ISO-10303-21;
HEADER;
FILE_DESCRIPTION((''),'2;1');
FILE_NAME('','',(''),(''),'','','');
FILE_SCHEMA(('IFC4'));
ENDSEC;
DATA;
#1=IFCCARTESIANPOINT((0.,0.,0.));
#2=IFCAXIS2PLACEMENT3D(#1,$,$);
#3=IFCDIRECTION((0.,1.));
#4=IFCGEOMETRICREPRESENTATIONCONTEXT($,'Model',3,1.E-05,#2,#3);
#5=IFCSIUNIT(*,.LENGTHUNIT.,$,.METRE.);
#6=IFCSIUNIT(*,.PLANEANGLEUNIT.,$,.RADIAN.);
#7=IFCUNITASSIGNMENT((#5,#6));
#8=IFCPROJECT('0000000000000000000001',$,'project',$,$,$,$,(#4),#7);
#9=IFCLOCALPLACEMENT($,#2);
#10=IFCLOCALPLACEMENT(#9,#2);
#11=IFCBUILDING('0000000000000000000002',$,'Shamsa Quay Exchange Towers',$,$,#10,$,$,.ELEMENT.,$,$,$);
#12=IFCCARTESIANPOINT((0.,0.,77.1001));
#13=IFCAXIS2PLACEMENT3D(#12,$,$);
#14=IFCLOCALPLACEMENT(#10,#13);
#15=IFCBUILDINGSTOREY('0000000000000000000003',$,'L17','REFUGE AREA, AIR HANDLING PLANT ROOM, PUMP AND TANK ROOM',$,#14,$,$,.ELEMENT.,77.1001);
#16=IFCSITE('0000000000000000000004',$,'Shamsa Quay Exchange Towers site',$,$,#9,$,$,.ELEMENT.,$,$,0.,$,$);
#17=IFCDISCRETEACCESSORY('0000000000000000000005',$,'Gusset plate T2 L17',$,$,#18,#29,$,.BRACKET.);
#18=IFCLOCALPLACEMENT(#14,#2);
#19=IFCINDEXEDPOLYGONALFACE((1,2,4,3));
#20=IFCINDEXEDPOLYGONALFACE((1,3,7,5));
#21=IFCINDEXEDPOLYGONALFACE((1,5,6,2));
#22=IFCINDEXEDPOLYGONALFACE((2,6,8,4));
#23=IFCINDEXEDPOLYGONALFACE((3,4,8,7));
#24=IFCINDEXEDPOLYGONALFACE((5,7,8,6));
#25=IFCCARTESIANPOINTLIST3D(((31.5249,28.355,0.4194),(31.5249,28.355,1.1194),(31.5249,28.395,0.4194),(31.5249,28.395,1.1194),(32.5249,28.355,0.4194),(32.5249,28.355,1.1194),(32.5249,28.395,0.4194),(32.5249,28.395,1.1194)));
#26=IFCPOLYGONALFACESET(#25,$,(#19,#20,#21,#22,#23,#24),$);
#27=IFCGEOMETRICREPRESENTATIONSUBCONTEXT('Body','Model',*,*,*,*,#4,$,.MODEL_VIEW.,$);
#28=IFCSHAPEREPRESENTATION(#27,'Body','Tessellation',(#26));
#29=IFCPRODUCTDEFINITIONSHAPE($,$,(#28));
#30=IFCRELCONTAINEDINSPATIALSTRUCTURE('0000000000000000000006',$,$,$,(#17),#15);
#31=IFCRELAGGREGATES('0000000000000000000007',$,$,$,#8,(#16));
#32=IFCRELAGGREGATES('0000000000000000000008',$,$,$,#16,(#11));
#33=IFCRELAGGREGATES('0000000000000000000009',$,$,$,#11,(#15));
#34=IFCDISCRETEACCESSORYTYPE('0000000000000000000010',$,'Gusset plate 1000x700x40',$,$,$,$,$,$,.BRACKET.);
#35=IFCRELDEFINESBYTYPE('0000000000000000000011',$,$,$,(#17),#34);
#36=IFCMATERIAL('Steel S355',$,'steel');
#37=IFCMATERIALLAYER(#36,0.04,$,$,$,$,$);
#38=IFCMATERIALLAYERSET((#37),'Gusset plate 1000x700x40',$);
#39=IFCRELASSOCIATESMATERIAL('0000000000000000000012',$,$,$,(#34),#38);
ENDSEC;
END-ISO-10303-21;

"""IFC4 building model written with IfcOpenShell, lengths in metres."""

from ifc_helpers import new_model, si_unit, direction, frame, origin, origin_2d, place, context, subcontext, project, spatial, rectangle, extrude, material, layer, layer_set, type_object, element, save


model = new_model("IFC4")

# Units and contexts
model_context = context("Model", 3, precision=1e-05, world=origin(), true_north=direction((0.0, 1.0)))
body_context = subcontext(model_context, "Body", "Model", "MODEL_VIEW")
ifc_project = project(units=[si_unit("LENGTHUNIT", "METRE"), si_unit("PLANEANGLEUNIT", "RADIAN")], contexts=[model_context])

# Site, building, storey
site_placement = place(None, origin())
site = spatial("IfcSite", under=ifc_project, at=site_placement, Name="Shamsa Quay Exchange Towers site", CompositionType="ELEMENT", RefElevation=0.0)
building_placement = place(site_placement, origin())
building = spatial("IfcBuilding", under=site, at=building_placement, Name="Shamsa Quay Exchange Towers", CompositionType="ELEMENT")
storey_placement = place(building_placement, frame((0.0, 0.0, 77.1001)))
storey = spatial("IfcBuildingStorey", under=building, at=storey_placement, Name="L17", Description="REFUGE AREA, AIR HANDLING PLANT ROOM, PUMP AND TANK ROOM", CompositionType="ELEMENT", Elevation=77.1001)

# Shared definitions
ifc_material_1 = material(Name="Steel S355", Category="steel")

# Discrete accessory
ifc_layer_1 = layer(ifc_material_1, 0.04)
ifc_layer_set_1 = layer_set([ifc_layer_1], Name="Gusset plate 1000x700x40")
discrete_accessory_type_1 = type_object("IfcDiscreteAccessoryType", Name="Gusset plate 1000x700x40", PredefinedType="BRACKET", material=ifc_layer_set_1)
discrete_accessory_placement = place(storey_placement, frame((32.0249, 28.375, 0.4194), z_axis=(0.0, 0.0, 1.0), x_axis=(-1.0, 0.0, 0.0)))
element("IfcDiscreteAccessory", 1, at=discrete_accessory_placement, inside=storey, type_object=discrete_accessory_type_1, Name="Gusset plate T2 L17", PredefinedType="BRACKET", context=body_context, shape_type="SweptSolid", body=[
    extrude(rectangle(XDim=1.0, YDim=0.04, at=origin_2d()), origin(), (0.0, 0.0, 1.0), 0.7),
])

save(model, "model.ifc")
